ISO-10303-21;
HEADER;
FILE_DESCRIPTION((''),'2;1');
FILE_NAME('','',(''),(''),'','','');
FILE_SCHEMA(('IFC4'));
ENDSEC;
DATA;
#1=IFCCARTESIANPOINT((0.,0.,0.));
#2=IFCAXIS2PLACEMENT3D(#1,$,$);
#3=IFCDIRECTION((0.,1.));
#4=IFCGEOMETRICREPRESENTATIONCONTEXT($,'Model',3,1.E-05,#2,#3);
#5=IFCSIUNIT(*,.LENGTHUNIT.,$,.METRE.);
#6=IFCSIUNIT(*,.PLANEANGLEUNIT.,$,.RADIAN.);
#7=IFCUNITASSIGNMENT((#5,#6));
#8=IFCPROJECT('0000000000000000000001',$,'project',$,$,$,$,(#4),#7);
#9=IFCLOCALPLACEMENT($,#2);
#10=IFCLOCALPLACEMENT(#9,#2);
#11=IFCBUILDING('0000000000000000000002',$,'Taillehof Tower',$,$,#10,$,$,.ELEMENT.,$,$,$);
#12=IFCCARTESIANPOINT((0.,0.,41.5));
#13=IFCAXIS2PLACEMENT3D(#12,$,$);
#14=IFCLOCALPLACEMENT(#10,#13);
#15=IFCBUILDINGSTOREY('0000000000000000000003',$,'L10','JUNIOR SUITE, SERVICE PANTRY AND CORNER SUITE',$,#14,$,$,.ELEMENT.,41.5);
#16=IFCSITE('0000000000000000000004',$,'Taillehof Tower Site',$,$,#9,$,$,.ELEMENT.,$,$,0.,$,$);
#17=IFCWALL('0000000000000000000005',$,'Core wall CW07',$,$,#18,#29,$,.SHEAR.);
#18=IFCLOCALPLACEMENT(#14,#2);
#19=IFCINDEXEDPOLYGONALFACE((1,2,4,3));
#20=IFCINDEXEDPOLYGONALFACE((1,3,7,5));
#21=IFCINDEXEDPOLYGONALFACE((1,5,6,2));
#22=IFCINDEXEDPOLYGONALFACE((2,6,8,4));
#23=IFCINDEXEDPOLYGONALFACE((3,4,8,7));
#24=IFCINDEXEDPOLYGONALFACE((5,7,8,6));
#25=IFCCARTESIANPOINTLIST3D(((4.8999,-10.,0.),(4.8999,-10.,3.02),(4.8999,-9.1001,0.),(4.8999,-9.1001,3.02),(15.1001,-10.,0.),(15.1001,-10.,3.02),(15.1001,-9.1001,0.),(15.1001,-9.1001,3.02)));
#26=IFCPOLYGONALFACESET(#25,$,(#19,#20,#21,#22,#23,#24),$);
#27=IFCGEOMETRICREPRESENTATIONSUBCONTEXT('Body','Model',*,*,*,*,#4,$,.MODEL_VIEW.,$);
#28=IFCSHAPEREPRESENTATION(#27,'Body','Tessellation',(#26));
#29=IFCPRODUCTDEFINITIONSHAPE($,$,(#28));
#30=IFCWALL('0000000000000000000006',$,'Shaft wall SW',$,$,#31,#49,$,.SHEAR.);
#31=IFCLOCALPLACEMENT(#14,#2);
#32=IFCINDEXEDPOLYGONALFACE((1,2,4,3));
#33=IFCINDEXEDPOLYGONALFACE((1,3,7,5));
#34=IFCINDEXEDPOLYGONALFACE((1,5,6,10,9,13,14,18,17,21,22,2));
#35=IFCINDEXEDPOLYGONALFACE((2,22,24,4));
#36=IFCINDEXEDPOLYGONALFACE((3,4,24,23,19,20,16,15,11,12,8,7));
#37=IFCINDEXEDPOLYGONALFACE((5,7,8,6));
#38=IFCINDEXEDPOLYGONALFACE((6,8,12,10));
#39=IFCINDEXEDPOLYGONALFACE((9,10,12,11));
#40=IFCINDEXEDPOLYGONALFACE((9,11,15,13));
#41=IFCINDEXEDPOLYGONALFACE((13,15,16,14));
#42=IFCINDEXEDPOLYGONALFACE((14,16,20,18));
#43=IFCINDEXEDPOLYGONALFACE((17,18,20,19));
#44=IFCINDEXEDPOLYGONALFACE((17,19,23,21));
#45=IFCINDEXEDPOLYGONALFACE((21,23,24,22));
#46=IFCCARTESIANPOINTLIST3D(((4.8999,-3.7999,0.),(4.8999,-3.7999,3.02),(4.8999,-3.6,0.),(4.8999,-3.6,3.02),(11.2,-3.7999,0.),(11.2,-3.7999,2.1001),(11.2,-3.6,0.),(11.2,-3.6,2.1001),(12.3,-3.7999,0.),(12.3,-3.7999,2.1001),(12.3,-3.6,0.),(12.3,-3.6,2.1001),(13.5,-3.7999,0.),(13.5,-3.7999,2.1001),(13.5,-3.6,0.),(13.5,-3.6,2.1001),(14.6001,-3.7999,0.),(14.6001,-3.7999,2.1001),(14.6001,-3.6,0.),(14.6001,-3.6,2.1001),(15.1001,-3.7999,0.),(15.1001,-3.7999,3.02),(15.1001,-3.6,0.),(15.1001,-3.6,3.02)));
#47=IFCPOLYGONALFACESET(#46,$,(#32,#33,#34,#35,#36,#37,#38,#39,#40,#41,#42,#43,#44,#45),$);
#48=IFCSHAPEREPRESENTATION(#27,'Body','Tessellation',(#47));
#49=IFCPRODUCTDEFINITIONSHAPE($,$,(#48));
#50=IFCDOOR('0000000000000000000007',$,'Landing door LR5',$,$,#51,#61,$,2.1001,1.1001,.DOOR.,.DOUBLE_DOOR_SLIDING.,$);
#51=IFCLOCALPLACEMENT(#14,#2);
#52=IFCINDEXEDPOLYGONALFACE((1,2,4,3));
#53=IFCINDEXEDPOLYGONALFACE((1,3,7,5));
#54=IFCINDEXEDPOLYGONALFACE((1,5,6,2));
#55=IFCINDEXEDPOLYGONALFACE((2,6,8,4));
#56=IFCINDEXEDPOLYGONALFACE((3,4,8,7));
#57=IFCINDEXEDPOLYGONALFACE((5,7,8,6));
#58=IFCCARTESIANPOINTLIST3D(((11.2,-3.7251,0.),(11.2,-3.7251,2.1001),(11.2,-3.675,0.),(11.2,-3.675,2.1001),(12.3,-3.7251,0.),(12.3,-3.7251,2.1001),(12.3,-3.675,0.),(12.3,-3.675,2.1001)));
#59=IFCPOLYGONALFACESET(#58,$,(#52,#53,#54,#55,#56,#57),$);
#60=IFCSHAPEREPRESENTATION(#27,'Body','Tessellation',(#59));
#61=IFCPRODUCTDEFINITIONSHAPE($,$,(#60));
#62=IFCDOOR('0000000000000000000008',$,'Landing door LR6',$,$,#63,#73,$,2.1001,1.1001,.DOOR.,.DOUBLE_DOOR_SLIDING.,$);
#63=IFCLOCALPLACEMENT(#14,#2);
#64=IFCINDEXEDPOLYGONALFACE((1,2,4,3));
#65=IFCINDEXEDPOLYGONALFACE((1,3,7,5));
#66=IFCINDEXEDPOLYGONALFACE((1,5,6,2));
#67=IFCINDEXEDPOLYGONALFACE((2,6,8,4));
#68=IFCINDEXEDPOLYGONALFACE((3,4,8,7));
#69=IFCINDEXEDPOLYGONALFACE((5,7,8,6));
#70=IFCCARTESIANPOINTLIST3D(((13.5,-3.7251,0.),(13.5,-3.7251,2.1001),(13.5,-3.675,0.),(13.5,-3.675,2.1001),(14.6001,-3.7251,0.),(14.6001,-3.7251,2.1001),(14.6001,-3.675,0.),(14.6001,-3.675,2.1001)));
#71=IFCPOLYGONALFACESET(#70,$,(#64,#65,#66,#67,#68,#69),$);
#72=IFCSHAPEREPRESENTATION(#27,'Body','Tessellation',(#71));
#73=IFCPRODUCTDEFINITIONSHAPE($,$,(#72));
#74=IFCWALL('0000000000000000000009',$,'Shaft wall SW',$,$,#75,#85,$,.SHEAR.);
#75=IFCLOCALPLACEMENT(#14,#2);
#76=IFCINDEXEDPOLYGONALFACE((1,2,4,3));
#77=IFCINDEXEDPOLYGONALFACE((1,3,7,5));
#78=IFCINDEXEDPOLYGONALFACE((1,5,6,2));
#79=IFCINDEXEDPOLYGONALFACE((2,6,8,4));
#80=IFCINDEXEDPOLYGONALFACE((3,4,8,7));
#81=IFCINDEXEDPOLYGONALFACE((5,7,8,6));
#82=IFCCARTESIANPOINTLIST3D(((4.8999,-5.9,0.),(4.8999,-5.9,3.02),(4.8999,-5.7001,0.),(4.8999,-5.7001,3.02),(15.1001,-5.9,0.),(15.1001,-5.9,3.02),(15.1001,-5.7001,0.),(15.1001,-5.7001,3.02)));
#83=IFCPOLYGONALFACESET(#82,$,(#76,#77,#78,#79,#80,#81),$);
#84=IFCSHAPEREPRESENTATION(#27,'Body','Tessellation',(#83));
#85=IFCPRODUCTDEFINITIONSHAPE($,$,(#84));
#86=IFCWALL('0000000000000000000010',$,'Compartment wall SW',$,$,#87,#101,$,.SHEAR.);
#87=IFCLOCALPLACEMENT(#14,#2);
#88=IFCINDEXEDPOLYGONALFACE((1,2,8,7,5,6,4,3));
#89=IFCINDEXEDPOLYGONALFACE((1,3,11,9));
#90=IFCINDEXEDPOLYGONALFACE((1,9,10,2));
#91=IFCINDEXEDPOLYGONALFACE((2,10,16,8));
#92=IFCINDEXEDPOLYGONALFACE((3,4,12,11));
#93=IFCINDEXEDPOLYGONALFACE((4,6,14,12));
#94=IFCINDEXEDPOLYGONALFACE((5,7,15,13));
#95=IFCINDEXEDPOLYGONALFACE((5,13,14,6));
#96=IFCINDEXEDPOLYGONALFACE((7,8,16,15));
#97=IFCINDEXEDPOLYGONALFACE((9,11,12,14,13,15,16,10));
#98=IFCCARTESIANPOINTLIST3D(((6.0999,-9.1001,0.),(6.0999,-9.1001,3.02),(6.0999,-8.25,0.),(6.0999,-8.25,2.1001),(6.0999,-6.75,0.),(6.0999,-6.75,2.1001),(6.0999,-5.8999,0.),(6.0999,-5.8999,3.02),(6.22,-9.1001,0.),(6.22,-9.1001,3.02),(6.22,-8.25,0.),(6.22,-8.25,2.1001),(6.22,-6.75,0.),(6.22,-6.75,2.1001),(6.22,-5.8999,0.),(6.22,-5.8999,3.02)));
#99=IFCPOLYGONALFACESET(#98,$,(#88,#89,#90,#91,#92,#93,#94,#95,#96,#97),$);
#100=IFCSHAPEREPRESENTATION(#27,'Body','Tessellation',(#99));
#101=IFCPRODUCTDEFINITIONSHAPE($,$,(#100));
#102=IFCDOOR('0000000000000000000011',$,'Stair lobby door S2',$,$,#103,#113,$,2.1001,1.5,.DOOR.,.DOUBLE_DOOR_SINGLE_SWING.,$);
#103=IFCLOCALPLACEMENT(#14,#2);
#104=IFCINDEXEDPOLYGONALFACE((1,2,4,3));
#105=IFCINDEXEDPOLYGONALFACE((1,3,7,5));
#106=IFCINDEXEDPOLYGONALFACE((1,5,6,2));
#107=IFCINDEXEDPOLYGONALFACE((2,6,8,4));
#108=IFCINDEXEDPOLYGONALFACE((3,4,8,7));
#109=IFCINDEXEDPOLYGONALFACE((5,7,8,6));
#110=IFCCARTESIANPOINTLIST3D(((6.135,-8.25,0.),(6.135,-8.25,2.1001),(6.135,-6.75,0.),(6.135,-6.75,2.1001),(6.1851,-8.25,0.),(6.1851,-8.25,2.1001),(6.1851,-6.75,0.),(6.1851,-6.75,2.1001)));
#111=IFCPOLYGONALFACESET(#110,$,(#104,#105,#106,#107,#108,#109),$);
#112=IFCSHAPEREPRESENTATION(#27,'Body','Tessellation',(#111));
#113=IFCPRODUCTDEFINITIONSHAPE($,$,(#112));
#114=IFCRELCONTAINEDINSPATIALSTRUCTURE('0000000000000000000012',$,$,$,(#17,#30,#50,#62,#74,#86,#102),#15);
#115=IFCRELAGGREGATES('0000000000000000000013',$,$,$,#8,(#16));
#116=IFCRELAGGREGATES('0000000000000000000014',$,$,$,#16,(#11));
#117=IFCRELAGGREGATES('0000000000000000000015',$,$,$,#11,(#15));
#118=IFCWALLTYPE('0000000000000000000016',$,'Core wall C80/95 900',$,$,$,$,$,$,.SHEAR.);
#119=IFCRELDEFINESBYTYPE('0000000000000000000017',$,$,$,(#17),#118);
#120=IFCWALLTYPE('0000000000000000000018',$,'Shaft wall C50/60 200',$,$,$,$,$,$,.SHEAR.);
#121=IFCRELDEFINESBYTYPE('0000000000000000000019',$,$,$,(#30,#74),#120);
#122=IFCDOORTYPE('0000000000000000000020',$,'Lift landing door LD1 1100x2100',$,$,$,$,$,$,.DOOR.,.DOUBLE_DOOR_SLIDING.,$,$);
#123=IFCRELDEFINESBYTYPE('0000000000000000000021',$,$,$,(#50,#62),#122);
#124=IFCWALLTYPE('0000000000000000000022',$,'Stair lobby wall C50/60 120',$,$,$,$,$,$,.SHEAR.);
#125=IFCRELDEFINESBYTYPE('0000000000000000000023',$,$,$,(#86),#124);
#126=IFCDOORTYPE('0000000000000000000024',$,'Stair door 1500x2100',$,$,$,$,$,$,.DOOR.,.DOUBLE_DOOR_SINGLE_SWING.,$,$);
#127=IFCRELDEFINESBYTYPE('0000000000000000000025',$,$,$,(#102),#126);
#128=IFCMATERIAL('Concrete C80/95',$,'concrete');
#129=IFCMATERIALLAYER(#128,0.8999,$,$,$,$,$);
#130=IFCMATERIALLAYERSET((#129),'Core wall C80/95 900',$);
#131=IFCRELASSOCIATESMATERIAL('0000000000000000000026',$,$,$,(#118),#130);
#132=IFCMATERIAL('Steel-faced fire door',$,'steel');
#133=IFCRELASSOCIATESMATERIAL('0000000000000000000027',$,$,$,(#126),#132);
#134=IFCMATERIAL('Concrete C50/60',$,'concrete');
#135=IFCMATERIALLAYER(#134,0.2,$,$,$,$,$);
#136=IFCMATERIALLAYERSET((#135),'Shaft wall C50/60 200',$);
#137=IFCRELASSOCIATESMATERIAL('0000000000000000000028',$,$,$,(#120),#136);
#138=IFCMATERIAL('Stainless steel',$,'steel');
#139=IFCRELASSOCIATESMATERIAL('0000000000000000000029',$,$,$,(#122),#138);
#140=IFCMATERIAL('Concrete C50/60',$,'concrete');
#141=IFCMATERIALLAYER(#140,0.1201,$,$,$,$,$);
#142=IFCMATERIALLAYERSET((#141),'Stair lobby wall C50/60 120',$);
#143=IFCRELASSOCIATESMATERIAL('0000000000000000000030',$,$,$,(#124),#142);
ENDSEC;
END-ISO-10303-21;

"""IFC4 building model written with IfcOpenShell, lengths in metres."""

from ifc_helpers import new_model, si_unit, direction, frame, frame_2d, origin, place, context, subcontext, project, spatial, rectangle, extrude, material, layer, layer_set, type_object, element, fill, save


model = new_model("IFC4")

# Units and contexts
model_context = context("Model", 3, precision=1e-05, world=origin(), true_north=direction((0.0, 1.0)))
body_context = subcontext(model_context, "Body", "Model", "MODEL_VIEW")
ifc_project = project(units=[si_unit("LENGTHUNIT", "METRE"), si_unit("PLANEANGLEUNIT", "RADIAN")], contexts=[model_context])

# Site, building, storey
site_placement = place(None, origin())
site = spatial("IfcSite", under=ifc_project, at=site_placement, Name="Taillehof Tower Site", CompositionType="ELEMENT", RefElevation=0.0)
building_placement = place(site_placement, origin())
building = spatial("IfcBuilding", under=site, at=building_placement, Name="Taillehof Tower", CompositionType="ELEMENT")
storey_placement = place(building_placement, frame((0.0, 0.0, 41.5)))
storey = spatial("IfcBuildingStorey", under=building, at=storey_placement, Name="L10", Description="JUNIOR SUITE, SERVICE PANTRY AND CORNER SUITE", CompositionType="ELEMENT", Elevation=41.5)

# Shared definitions
ifc_material_1 = material(Name="Concrete C80/95", Category="concrete")
ifc_layer_1 = layer(ifc_material_1, 0.8999)
ifc_layer_set_1 = layer_set([ifc_layer_1], Name="Core wall C80/95 900")
wall_type_1 = type_object("IfcWallType", Name="Core wall C80/95 900", PredefinedType="SHEAR", material=ifc_layer_set_1)
ifc_material_2 = material(Name="Steel-faced fire door", Category="steel")
door_type_1 = type_object("IfcDoorType", Name="Stair door 1500x2100", OperationType="DOUBLE_DOOR_SINGLE_SWING", PredefinedType="DOOR", material=ifc_material_2)

# Wall
wall_1_placement = place(storey_placement, frame((4.8999, -9.55, 0.0), z_axis=(0.0, 0.0, 1.0), x_axis=(1.0, 0.0, 0.0)))
element("IfcWall", 1, at=wall_1_placement, inside=storey, type_object=wall_type_1, Name="Core wall CW07", PredefinedType="SHEAR", context=body_context, shape_type="SweptSolid", body=[
    extrude(rectangle(XDim=10.2002, YDim=0.8999, at=frame_2d((5.1001, 0.0))), origin(), (0.0, 0.0, 1.0), 3.02),
])

# Wall, openings, doors
ifc_material_3 = material(Name="Concrete C50/60", Category="concrete")
ifc_layer_2 = layer(ifc_material_3, 0.2)
ifc_layer_set_2 = layer_set([ifc_layer_2], Name="Shaft wall C50/60 200")
wall_type_2 = type_object("IfcWallType", Name="Shaft wall C50/60 200", PredefinedType="SHEAR", material=ifc_layer_set_2)
wall_2_placement = place(storey_placement, frame((4.8999, -3.7, 0.0), z_axis=(0.0, 0.0, 1.0), x_axis=(1.0, 0.0, 0.0)))
wall_2 = element("IfcWall", 2, at=wall_2_placement, inside=storey, type_object=wall_type_2, Name="Shaft wall SW", PredefinedType="SHEAR", context=body_context, shape_type="SweptSolid", body=[
    extrude(rectangle(XDim=10.2002, YDim=0.2, at=frame_2d((5.1001, 0.0))), origin(), (0.0, 0.0, 1.0), 3.02),
])
opening_1_placement = place(wall_2_placement, frame((6.3, 0.0, 0.0)))
opening_1 = element("IfcOpeningElement", 3, at=opening_1_placement, cuts=wall_2, PredefinedType="OPENING", context=body_context, shape_type="SweptSolid", body=[
    extrude(rectangle(XDim=1.1001, YDim=2.1001, at=frame_2d((0.55, 1.05))), frame((0.0, 0.1099, 0.0), z_axis=(0.0, -1.0, 0.0), x_axis=(1.0, 0.0, 0.0)), (0.0, 0.0, 1.0), 0.22),
])
opening_2_placement = place(wall_2_placement, frame((8.6001, 0.0, 0.0)))
opening_2 = element("IfcOpeningElement", 4, at=opening_2_placement, cuts=wall_2, PredefinedType="OPENING", context=body_context, shape_type="SweptSolid", body=[
    extrude(rectangle(XDim=1.1001, YDim=2.1001, at=frame_2d((0.55, 1.05))), frame((0.0, 0.1099, 0.0), z_axis=(0.0, -1.0, 0.0), x_axis=(1.0, 0.0, 0.0)), (0.0, 0.0, 1.0), 0.22),
])
ifc_material_4 = material(Name="Stainless steel", Category="steel")
door_type_2 = type_object("IfcDoorType", Name="Lift landing door LD1 1100x2100", OperationType="DOUBLE_DOOR_SLIDING", PredefinedType="DOOR", material=ifc_material_4)
door_1_placement = place(opening_1_placement, origin())
door_1 = element("IfcDoor", 5, at=door_1_placement, inside=storey, type_object=door_type_2, Name="Landing door LR5", OperationType="DOUBLE_DOOR_SLIDING", OverallHeight=2.1001, OverallWidth=1.1001, PredefinedType="DOOR", context=body_context, shape_type="SweptSolid", body=[
    extrude(rectangle(XDim=1.1001, YDim=2.1001, at=frame_2d((0.55, 1.05))), frame((0.0, 0.0249, 0.0), z_axis=(0.0, -1.0, 0.0), x_axis=(1.0, 0.0, 0.0)), (0.0, 0.0, 1.0), 0.05),
])
fill(opening_1, door_1)
door_2_placement = place(opening_2_placement, origin())
door_2 = element("IfcDoor", 6, at=door_2_placement, inside=storey, type_object=door_type_2, Name="Landing door LR6", OperationType="DOUBLE_DOOR_SLIDING", OverallHeight=2.1001, OverallWidth=1.1001, PredefinedType="DOOR", context=body_context, shape_type="SweptSolid", body=[
    extrude(rectangle(XDim=1.1001, YDim=2.1001, at=frame_2d((0.55, 1.05))), frame((0.0, 0.0249, 0.0), z_axis=(0.0, -1.0, 0.0), x_axis=(1.0, 0.0, 0.0)), (0.0, 0.0, 1.0), 0.05),
])
fill(opening_2, door_2)

# Wall
wall_3_placement = place(storey_placement, frame((4.8999, -5.8, 0.0), z_axis=(0.0, 0.0, 1.0), x_axis=(1.0, 0.0, 0.0)))
element("IfcWall", 7, at=wall_3_placement, inside=storey, type_object=wall_type_2, Name="Shaft wall SW", PredefinedType="SHEAR", context=body_context, shape_type="SweptSolid", body=[
    extrude(rectangle(XDim=10.2002, YDim=0.2, at=frame_2d((5.1001, 0.0))), origin(), (0.0, 0.0, 1.0), 3.02),
])

# Wall, opening, door
ifc_material_5 = material(Name="Concrete C50/60", Category="concrete")
ifc_layer_3 = layer(ifc_material_5, 0.1201)
ifc_layer_set_3 = layer_set([ifc_layer_3], Name="Stair lobby wall C50/60 120")
wall_type_3 = type_object("IfcWallType", Name="Stair lobby wall C50/60 120", PredefinedType="SHEAR", material=ifc_layer_set_3)
wall_4_placement = place(storey_placement, frame((6.1599, -9.1001, 0.0), z_axis=(0.0, 0.0, 1.0), x_axis=(0.0, 1.0, 0.0)))
wall_4 = element("IfcWall", 8, at=wall_4_placement, inside=storey, type_object=wall_type_3, Name="Compartment wall SW", PredefinedType="SHEAR", context=body_context, shape_type="SweptSolid", body=[
    extrude(rectangle(XDim=3.2002, YDim=0.1201, at=frame_2d((1.6001, 0.0))), origin(), (0.0, 0.0, 1.0), 3.02),
])
opening_3_placement = place(wall_4_placement, frame((0.8501, 0.0, 0.0)))
opening_3 = element("IfcOpeningElement", 9, at=opening_3_placement, cuts=wall_4, PredefinedType="OPENING", context=body_context, shape_type="SweptSolid", body=[
    extrude(rectangle(XDim=1.5, YDim=2.1001, at=frame_2d((0.75, 1.05))), frame((0.0, 0.0701, 0.0), z_axis=(0.0, -1.0, 0.0), x_axis=(1.0, 0.0, 0.0)), (0.0, 0.0, 1.0), 0.1401),
])
door_3_placement = place(opening_3_placement, origin())
door_3 = element("IfcDoor", 10, at=door_3_placement, inside=storey, type_object=door_type_1, Name="Stair lobby door S2", OperationType="DOUBLE_DOOR_SINGLE_SWING", OverallHeight=2.1001, OverallWidth=1.5, PredefinedType="DOOR", context=body_context, shape_type="SweptSolid", body=[
    extrude(rectangle(XDim=1.5, YDim=2.1001, at=frame_2d((0.75, 1.05))), frame((0.0, 0.0249, 0.0), z_axis=(0.0, -1.0, 0.0), x_axis=(1.0, 0.0, 0.0)), (0.0, 0.0, 1.0), 0.05),
])
fill(opening_3, door_3)

save(model, "model.ifc")
